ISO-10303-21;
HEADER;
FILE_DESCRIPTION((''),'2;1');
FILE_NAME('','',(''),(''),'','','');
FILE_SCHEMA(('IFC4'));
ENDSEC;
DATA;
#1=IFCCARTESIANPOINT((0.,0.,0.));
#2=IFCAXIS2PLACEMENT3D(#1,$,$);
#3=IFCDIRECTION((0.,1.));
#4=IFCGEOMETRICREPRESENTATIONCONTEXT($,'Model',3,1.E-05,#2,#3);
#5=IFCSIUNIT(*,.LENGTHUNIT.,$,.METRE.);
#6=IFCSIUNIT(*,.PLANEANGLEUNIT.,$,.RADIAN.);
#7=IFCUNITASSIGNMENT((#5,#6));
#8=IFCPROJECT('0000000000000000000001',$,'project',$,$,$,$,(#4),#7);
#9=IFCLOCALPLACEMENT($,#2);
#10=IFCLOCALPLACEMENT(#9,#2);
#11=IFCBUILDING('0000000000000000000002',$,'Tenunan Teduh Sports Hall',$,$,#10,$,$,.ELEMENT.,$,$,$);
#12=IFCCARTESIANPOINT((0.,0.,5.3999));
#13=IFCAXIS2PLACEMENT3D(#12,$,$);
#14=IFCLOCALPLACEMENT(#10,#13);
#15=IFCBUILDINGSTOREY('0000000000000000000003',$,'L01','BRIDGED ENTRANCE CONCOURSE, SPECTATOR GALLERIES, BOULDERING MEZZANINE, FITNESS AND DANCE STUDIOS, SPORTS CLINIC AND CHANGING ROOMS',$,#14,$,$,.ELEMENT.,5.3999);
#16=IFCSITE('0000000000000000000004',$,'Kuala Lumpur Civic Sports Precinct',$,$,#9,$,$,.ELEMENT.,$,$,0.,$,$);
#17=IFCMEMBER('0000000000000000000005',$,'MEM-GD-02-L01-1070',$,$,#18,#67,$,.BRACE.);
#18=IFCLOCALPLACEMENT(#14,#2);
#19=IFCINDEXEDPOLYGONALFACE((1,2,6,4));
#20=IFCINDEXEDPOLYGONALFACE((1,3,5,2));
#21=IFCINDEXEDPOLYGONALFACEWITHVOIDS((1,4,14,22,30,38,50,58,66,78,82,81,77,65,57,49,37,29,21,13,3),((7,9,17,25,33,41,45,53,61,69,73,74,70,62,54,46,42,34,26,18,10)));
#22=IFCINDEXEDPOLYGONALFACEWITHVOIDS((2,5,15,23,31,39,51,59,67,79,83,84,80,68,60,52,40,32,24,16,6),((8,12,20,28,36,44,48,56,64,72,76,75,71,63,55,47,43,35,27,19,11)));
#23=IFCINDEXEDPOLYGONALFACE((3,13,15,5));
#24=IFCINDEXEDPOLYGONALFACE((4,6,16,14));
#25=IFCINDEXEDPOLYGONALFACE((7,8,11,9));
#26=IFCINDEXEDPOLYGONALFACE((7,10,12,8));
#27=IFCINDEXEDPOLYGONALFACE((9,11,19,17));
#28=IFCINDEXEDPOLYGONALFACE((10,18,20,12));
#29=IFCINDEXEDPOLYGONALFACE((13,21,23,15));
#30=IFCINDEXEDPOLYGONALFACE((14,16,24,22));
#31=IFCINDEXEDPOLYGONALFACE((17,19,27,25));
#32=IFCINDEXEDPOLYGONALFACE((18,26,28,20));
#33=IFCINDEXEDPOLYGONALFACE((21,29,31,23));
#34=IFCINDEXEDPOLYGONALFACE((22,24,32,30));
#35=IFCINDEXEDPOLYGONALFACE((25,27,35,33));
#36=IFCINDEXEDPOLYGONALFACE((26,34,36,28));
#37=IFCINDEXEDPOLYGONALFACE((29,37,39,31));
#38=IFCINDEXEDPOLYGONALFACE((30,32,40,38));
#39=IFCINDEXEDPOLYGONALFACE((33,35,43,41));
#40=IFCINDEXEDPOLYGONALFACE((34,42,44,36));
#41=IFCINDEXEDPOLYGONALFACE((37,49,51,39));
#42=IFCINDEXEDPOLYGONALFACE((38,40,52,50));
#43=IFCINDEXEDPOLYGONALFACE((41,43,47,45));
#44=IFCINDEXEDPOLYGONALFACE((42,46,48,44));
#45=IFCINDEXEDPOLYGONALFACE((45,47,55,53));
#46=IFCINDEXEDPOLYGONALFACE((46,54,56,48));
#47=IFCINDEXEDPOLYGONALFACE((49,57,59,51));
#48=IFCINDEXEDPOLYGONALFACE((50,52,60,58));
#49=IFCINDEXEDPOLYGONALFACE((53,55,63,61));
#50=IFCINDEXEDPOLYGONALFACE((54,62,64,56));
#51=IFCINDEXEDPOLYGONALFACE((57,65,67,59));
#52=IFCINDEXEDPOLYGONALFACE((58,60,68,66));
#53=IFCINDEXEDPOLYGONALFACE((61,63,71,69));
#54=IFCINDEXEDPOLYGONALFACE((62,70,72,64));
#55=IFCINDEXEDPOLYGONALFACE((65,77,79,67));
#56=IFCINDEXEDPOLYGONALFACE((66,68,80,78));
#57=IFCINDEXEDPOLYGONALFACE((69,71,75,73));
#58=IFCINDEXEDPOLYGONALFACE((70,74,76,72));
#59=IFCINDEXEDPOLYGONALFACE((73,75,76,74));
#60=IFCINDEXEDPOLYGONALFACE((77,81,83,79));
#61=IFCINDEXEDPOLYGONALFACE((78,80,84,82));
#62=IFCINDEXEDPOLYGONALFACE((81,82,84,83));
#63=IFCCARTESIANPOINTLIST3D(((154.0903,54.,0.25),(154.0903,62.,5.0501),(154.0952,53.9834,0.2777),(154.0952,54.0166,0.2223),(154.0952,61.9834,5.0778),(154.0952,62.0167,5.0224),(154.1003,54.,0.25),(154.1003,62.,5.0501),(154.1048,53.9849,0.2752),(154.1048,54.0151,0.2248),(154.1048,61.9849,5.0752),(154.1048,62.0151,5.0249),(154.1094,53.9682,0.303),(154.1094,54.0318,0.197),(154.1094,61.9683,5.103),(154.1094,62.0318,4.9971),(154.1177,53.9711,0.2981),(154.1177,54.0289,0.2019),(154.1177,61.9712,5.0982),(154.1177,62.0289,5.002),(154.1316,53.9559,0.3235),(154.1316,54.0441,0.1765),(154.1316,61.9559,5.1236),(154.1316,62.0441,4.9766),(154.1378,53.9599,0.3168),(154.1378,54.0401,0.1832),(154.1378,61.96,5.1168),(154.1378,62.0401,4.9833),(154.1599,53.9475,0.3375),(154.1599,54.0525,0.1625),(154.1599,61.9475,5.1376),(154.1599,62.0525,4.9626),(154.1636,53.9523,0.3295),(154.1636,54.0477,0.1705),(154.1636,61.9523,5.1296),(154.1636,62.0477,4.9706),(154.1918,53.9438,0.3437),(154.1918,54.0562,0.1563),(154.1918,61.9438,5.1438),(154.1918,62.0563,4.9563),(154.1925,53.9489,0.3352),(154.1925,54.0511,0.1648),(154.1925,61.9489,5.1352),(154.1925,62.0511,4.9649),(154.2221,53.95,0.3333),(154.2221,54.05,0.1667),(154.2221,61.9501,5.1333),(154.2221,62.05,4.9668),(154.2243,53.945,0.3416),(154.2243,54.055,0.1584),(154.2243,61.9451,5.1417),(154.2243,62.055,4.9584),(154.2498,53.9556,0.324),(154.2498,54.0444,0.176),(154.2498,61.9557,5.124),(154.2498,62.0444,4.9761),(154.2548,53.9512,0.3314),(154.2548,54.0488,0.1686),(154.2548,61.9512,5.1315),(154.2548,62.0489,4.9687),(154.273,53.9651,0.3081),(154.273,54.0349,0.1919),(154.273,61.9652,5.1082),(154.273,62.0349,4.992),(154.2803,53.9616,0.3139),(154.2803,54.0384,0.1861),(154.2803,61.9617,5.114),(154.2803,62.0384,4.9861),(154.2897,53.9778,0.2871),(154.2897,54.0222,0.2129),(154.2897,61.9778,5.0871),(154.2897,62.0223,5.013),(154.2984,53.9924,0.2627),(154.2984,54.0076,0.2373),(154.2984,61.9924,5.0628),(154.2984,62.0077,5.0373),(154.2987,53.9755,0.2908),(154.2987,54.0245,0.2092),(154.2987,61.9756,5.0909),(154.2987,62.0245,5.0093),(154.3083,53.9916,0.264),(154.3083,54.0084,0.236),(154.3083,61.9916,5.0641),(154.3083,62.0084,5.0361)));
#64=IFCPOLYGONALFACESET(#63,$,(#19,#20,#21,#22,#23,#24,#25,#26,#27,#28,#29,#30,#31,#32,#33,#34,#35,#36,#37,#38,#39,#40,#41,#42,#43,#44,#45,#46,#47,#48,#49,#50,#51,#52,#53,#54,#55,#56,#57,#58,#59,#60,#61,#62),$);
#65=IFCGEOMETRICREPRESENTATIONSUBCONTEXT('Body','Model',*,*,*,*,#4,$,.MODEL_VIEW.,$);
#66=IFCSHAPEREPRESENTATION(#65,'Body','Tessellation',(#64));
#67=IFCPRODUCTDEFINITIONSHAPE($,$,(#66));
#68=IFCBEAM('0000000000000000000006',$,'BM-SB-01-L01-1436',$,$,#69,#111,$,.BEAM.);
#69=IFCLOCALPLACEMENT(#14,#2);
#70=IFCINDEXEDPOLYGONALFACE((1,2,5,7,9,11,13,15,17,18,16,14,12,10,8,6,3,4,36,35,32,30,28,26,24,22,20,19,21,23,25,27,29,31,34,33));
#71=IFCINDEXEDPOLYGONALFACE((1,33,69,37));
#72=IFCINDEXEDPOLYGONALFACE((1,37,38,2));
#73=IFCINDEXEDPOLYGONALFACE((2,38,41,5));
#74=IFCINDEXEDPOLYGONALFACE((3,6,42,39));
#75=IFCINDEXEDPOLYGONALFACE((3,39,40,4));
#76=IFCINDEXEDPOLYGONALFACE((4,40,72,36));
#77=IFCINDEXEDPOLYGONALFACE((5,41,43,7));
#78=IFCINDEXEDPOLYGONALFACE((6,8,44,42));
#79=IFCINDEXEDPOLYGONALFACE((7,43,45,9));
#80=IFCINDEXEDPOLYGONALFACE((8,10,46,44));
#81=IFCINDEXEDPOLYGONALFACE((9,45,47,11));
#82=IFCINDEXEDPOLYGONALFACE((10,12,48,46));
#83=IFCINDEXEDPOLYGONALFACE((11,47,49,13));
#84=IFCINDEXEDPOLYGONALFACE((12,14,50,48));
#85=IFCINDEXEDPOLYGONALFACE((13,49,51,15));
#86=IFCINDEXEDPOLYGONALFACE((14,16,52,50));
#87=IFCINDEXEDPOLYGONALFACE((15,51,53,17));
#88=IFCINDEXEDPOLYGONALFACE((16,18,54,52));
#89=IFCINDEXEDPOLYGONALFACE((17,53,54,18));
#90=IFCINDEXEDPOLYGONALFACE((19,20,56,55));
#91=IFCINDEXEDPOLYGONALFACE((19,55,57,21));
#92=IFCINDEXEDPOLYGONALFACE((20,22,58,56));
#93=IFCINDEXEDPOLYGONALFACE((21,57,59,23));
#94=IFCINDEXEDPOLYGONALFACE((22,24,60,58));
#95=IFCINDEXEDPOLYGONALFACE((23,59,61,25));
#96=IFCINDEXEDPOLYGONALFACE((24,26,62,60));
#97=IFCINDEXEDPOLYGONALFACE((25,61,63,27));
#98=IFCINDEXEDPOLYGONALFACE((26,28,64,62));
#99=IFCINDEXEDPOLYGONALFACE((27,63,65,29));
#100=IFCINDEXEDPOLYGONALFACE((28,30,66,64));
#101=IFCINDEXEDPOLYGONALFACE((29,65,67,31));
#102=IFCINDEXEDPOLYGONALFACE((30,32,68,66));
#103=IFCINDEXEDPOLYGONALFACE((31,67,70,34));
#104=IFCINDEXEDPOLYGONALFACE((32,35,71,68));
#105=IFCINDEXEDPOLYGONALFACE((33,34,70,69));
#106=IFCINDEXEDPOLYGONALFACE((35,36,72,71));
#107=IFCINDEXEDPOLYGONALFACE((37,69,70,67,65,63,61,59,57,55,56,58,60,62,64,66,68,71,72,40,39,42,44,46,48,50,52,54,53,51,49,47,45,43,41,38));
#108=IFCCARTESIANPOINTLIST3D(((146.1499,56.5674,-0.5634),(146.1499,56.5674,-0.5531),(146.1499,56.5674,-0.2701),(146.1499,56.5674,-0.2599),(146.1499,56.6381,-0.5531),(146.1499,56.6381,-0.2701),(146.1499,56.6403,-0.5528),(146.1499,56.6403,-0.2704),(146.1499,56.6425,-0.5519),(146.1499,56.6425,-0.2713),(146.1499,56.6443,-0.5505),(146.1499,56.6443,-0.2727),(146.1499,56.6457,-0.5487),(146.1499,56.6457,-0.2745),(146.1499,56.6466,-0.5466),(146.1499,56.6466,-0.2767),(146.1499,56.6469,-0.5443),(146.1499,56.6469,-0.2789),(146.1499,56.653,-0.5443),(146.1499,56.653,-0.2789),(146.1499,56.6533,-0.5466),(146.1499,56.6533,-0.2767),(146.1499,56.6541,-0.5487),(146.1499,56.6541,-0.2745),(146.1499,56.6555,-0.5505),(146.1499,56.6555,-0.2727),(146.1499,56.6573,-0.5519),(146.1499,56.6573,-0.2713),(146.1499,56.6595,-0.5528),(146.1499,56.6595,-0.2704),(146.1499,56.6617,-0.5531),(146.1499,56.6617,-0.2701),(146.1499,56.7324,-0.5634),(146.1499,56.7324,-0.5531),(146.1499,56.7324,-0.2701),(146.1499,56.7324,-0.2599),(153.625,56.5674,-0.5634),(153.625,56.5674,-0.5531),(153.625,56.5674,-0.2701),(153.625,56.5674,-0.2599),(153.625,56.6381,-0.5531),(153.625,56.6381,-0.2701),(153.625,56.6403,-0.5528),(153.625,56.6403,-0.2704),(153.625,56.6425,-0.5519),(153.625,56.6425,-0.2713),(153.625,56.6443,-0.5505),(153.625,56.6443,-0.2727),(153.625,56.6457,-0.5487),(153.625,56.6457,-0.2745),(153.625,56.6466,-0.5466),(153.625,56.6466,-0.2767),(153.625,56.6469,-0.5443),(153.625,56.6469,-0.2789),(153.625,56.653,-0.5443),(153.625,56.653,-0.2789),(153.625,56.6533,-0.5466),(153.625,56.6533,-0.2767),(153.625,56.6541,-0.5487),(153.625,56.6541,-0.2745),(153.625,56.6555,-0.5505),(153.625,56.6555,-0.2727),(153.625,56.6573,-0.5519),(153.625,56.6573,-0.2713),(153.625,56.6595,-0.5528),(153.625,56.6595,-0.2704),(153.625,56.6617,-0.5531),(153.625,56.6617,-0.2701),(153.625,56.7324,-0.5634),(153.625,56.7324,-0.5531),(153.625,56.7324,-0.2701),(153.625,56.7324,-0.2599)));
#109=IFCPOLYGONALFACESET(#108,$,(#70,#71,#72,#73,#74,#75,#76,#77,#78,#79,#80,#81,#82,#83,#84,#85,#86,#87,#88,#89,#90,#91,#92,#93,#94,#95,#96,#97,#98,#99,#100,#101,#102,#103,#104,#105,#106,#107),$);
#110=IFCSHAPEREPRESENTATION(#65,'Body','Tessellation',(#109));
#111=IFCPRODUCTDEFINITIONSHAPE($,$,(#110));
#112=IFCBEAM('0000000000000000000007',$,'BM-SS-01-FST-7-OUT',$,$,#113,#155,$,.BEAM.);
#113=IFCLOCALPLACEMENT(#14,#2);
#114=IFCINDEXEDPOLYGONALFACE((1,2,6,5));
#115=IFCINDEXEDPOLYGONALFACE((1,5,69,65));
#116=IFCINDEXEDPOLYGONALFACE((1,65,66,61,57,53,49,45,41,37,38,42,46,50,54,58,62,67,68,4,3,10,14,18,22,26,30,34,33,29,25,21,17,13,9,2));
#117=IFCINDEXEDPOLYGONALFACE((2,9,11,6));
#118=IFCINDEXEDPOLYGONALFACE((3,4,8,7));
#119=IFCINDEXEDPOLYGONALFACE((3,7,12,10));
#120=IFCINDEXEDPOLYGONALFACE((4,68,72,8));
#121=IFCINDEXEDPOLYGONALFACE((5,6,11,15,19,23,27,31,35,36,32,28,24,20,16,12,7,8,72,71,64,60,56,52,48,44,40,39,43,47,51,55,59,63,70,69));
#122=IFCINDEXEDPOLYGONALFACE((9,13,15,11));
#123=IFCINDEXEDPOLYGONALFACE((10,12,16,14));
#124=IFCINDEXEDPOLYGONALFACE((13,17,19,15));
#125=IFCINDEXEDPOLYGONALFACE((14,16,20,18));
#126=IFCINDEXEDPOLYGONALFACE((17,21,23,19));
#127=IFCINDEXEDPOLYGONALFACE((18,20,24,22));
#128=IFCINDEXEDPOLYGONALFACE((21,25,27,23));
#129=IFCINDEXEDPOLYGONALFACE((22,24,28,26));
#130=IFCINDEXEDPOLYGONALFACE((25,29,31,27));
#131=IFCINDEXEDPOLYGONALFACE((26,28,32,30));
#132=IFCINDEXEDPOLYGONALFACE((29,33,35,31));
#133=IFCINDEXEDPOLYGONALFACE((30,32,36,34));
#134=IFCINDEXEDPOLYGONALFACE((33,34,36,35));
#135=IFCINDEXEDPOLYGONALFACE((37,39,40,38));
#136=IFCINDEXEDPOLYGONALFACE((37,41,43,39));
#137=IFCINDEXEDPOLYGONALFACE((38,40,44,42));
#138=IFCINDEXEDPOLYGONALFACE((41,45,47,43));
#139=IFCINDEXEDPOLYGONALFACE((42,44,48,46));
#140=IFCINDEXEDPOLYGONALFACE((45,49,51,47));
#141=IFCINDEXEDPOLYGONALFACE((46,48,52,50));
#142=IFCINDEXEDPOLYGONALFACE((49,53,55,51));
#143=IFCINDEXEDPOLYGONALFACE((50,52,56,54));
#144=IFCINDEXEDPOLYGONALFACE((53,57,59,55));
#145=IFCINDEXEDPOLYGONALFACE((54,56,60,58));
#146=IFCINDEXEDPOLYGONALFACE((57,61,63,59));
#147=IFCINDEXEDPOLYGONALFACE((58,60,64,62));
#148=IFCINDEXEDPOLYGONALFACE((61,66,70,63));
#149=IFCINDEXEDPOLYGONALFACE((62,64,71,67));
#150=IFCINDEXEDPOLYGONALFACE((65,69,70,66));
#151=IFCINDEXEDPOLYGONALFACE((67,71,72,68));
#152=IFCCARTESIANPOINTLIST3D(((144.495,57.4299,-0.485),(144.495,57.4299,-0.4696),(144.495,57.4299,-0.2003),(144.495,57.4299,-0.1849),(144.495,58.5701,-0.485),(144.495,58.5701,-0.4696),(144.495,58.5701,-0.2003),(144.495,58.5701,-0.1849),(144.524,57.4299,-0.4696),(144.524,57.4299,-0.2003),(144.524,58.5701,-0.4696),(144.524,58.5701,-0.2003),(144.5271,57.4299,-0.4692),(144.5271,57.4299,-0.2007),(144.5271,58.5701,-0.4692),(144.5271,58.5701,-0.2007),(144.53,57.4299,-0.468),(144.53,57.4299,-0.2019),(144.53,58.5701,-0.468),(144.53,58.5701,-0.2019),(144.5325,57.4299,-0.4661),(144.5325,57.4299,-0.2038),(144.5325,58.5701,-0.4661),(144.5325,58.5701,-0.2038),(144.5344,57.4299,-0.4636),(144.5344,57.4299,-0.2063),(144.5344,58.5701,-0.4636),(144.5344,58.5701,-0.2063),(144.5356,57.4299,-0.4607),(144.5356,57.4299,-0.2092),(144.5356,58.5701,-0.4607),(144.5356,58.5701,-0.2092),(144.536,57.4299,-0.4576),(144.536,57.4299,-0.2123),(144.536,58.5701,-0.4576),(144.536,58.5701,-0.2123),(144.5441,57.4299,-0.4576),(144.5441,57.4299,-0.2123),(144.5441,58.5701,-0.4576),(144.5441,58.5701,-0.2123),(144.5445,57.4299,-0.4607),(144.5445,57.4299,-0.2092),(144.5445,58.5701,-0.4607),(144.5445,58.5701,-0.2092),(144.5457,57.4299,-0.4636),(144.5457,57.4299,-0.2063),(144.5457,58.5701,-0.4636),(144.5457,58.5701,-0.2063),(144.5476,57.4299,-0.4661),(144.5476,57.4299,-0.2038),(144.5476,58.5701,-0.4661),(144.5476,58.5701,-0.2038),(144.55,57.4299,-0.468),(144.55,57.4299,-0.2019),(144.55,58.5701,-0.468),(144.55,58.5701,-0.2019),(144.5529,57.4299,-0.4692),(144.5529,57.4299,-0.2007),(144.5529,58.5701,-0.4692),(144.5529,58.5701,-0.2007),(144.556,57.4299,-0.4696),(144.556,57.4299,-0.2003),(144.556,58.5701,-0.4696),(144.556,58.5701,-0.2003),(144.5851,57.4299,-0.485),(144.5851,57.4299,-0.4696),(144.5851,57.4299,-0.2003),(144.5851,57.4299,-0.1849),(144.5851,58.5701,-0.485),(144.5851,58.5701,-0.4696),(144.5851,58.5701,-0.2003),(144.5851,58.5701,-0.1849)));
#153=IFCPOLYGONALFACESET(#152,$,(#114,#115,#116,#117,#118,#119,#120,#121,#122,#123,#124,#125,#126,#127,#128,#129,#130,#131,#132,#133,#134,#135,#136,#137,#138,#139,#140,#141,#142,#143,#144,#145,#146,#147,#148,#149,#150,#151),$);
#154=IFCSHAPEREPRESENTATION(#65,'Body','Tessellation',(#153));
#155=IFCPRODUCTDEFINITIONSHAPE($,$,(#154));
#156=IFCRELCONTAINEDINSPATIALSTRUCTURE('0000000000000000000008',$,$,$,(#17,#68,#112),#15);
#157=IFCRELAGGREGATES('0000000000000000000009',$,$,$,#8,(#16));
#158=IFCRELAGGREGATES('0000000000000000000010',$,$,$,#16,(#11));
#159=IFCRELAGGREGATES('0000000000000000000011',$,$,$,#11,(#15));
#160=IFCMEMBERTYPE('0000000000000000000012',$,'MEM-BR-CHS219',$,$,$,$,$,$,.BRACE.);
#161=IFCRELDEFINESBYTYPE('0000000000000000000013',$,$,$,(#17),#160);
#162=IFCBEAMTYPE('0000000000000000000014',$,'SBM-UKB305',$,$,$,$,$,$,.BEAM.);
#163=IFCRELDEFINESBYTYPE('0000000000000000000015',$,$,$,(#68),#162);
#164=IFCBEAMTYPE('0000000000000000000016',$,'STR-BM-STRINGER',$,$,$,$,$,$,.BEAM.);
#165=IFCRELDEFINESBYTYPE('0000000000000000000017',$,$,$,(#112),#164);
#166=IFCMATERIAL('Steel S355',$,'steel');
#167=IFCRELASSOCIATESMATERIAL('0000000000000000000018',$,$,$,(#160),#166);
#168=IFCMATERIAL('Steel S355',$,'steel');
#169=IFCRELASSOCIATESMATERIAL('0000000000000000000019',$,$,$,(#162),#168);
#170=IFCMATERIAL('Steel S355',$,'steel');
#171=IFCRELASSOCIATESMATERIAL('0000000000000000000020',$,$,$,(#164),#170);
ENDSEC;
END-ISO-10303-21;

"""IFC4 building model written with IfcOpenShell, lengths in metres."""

from ifc_helpers import new_model, si_unit, direction, frame, origin, origin_2d, place, context, subcontext, project, spatial, hollow_circle, i_section, extrude, material, material_profile, profile_set, type_object, element, save


model = new_model("IFC4")

# Units and contexts
model_context = context("Model", 3, precision=1e-05, world=origin(), true_north=direction((0.0, 1.0)))
body_context = subcontext(model_context, "Body", "Model", "MODEL_VIEW")
ifc_project = project(units=[si_unit("LENGTHUNIT", "METRE"), si_unit("PLANEANGLEUNIT", "RADIAN")], contexts=[model_context])

# Site, building, storey
site_placement = place(None, origin())
site = spatial("IfcSite", under=ifc_project, at=site_placement, Name="Kuala Lumpur Civic Sports Precinct", CompositionType="ELEMENT", RefElevation=0.0)
building_placement = place(site_placement, origin())
building = spatial("IfcBuilding", under=site, at=building_placement, Name="Tenunan Teduh Sports Hall", CompositionType="ELEMENT")
storey_placement = place(building_placement, frame((0.0, 0.0, 5.3999)))
storey = spatial("IfcBuildingStorey", under=building, at=storey_placement, Name="L01", Description="BRIDGED ENTRANCE CONCOURSE, SPECTATOR GALLERIES, BOULDERING MEZZANINE, FITNESS AND DANCE STUDIOS, SPORTS CLINIC AND CHANGING ROOMS", CompositionType="ELEMENT", Elevation=5.3999)

# Member
ifc_material_1 = material(Name="Steel S355", Category="steel")
ifc_material_profile_1 = material_profile(ifc_material_1, hollow_circle(Radius=0.1096, WallThickness=0.01, at=origin_2d()), Name="CHS 219.1x10.0")
ifc_profile_set_1 = profile_set([ifc_material_profile_1], Name="Steel S355")
member_type_1 = type_object("IfcMemberType", Name="MEM-BR-CHS219", PredefinedType="BRACE", material=ifc_profile_set_1)
member_1_placement = place(storey_placement, frame((154.2, 54.0, 0.25), z_axis=(0.0, 0.857491, 0.5145), x_axis=(-1.0, 0.0, 0.0)))
element("IfcMember", 1, at=member_1_placement, inside=storey, type_object=member_type_1, Name="MEM-GD-02-L01-1070", PredefinedType="BRACE", context=body_context, shape_type="SweptSolid", body=[
    extrude(hollow_circle(Radius=0.1096, WallThickness=0.01, at=origin_2d()), origin(), (0.0, 0.0, 1.0), 9.3296),
])

# Beams
ifc_material_2 = material(Name="Steel S355", Category="steel")
ifc_material_profile_2 = material_profile(ifc_material_2, i_section(OverallWidth=0.165, OverallDepth=0.3035, WebThickness=0.0061, FlangeThickness=0.0103, FilletRadius=0.0088, at=origin_2d()), Name="UKB 305x165x40")
ifc_profile_set_2 = profile_set([ifc_material_profile_2], Name="Steel S355")
beam_type_1 = type_object("IfcBeamType", Name="SBM-UKB305", PredefinedType="BEAM", material=ifc_profile_set_2)
beam_1_placement = place(storey_placement, frame((146.1499, 56.6499, -0.4116), z_axis=(1.0, 0.0, 0.0), x_axis=(0.0, 1.0, 0.0)))
element("IfcBeam", 2, at=beam_1_placement, inside=storey, type_object=beam_type_1, Name="BM-SB-01-L01-1436", PredefinedType="BEAM", context=body_context, shape_type="SweptSolid", body=[
    extrude(i_section(OverallWidth=0.165, OverallDepth=0.3035, WebThickness=0.0061, FlangeThickness=0.0103, FilletRadius=0.0088, at=origin_2d()), origin(), (0.0, 0.0, 1.0), 7.4751),
])
ifc_material_3 = material(Name="Steel S355", Category="steel")
ifc_material_profile_3 = material_profile(ifc_material_3, i_section(OverallWidth=0.0901, OverallDepth=0.3, WebThickness=0.0081, FlangeThickness=0.0154, FilletRadius=0.012, at=origin_2d()), Name="PFC 300x90")
ifc_profile_set_3 = profile_set([ifc_material_profile_3], Name="Steel S355")
beam_type_2 = type_object("IfcBeamType", Name="STR-BM-STRINGER", PredefinedType="BEAM", material=ifc_profile_set_3)
beam_2_placement = place(storey_placement, frame((144.54, 57.4299, -0.335), z_axis=(0.0, 1.0, 0.0), x_axis=(-1.0, 0.0, 0.0)))
element("IfcBeam", 3, at=beam_2_placement, inside=storey, type_object=beam_type_2, Name="BM-SS-01-FST-7-OUT", PredefinedType="BEAM", context=body_context, shape_type="SweptSolid", body=[
    extrude(i_section(OverallWidth=0.0901, OverallDepth=0.3, WebThickness=0.0081, FlangeThickness=0.0154, FilletRadius=0.012, at=origin_2d()), origin(), (0.0, 0.0, 1.0), 1.1401),
])

save(model, "model.ifc")
